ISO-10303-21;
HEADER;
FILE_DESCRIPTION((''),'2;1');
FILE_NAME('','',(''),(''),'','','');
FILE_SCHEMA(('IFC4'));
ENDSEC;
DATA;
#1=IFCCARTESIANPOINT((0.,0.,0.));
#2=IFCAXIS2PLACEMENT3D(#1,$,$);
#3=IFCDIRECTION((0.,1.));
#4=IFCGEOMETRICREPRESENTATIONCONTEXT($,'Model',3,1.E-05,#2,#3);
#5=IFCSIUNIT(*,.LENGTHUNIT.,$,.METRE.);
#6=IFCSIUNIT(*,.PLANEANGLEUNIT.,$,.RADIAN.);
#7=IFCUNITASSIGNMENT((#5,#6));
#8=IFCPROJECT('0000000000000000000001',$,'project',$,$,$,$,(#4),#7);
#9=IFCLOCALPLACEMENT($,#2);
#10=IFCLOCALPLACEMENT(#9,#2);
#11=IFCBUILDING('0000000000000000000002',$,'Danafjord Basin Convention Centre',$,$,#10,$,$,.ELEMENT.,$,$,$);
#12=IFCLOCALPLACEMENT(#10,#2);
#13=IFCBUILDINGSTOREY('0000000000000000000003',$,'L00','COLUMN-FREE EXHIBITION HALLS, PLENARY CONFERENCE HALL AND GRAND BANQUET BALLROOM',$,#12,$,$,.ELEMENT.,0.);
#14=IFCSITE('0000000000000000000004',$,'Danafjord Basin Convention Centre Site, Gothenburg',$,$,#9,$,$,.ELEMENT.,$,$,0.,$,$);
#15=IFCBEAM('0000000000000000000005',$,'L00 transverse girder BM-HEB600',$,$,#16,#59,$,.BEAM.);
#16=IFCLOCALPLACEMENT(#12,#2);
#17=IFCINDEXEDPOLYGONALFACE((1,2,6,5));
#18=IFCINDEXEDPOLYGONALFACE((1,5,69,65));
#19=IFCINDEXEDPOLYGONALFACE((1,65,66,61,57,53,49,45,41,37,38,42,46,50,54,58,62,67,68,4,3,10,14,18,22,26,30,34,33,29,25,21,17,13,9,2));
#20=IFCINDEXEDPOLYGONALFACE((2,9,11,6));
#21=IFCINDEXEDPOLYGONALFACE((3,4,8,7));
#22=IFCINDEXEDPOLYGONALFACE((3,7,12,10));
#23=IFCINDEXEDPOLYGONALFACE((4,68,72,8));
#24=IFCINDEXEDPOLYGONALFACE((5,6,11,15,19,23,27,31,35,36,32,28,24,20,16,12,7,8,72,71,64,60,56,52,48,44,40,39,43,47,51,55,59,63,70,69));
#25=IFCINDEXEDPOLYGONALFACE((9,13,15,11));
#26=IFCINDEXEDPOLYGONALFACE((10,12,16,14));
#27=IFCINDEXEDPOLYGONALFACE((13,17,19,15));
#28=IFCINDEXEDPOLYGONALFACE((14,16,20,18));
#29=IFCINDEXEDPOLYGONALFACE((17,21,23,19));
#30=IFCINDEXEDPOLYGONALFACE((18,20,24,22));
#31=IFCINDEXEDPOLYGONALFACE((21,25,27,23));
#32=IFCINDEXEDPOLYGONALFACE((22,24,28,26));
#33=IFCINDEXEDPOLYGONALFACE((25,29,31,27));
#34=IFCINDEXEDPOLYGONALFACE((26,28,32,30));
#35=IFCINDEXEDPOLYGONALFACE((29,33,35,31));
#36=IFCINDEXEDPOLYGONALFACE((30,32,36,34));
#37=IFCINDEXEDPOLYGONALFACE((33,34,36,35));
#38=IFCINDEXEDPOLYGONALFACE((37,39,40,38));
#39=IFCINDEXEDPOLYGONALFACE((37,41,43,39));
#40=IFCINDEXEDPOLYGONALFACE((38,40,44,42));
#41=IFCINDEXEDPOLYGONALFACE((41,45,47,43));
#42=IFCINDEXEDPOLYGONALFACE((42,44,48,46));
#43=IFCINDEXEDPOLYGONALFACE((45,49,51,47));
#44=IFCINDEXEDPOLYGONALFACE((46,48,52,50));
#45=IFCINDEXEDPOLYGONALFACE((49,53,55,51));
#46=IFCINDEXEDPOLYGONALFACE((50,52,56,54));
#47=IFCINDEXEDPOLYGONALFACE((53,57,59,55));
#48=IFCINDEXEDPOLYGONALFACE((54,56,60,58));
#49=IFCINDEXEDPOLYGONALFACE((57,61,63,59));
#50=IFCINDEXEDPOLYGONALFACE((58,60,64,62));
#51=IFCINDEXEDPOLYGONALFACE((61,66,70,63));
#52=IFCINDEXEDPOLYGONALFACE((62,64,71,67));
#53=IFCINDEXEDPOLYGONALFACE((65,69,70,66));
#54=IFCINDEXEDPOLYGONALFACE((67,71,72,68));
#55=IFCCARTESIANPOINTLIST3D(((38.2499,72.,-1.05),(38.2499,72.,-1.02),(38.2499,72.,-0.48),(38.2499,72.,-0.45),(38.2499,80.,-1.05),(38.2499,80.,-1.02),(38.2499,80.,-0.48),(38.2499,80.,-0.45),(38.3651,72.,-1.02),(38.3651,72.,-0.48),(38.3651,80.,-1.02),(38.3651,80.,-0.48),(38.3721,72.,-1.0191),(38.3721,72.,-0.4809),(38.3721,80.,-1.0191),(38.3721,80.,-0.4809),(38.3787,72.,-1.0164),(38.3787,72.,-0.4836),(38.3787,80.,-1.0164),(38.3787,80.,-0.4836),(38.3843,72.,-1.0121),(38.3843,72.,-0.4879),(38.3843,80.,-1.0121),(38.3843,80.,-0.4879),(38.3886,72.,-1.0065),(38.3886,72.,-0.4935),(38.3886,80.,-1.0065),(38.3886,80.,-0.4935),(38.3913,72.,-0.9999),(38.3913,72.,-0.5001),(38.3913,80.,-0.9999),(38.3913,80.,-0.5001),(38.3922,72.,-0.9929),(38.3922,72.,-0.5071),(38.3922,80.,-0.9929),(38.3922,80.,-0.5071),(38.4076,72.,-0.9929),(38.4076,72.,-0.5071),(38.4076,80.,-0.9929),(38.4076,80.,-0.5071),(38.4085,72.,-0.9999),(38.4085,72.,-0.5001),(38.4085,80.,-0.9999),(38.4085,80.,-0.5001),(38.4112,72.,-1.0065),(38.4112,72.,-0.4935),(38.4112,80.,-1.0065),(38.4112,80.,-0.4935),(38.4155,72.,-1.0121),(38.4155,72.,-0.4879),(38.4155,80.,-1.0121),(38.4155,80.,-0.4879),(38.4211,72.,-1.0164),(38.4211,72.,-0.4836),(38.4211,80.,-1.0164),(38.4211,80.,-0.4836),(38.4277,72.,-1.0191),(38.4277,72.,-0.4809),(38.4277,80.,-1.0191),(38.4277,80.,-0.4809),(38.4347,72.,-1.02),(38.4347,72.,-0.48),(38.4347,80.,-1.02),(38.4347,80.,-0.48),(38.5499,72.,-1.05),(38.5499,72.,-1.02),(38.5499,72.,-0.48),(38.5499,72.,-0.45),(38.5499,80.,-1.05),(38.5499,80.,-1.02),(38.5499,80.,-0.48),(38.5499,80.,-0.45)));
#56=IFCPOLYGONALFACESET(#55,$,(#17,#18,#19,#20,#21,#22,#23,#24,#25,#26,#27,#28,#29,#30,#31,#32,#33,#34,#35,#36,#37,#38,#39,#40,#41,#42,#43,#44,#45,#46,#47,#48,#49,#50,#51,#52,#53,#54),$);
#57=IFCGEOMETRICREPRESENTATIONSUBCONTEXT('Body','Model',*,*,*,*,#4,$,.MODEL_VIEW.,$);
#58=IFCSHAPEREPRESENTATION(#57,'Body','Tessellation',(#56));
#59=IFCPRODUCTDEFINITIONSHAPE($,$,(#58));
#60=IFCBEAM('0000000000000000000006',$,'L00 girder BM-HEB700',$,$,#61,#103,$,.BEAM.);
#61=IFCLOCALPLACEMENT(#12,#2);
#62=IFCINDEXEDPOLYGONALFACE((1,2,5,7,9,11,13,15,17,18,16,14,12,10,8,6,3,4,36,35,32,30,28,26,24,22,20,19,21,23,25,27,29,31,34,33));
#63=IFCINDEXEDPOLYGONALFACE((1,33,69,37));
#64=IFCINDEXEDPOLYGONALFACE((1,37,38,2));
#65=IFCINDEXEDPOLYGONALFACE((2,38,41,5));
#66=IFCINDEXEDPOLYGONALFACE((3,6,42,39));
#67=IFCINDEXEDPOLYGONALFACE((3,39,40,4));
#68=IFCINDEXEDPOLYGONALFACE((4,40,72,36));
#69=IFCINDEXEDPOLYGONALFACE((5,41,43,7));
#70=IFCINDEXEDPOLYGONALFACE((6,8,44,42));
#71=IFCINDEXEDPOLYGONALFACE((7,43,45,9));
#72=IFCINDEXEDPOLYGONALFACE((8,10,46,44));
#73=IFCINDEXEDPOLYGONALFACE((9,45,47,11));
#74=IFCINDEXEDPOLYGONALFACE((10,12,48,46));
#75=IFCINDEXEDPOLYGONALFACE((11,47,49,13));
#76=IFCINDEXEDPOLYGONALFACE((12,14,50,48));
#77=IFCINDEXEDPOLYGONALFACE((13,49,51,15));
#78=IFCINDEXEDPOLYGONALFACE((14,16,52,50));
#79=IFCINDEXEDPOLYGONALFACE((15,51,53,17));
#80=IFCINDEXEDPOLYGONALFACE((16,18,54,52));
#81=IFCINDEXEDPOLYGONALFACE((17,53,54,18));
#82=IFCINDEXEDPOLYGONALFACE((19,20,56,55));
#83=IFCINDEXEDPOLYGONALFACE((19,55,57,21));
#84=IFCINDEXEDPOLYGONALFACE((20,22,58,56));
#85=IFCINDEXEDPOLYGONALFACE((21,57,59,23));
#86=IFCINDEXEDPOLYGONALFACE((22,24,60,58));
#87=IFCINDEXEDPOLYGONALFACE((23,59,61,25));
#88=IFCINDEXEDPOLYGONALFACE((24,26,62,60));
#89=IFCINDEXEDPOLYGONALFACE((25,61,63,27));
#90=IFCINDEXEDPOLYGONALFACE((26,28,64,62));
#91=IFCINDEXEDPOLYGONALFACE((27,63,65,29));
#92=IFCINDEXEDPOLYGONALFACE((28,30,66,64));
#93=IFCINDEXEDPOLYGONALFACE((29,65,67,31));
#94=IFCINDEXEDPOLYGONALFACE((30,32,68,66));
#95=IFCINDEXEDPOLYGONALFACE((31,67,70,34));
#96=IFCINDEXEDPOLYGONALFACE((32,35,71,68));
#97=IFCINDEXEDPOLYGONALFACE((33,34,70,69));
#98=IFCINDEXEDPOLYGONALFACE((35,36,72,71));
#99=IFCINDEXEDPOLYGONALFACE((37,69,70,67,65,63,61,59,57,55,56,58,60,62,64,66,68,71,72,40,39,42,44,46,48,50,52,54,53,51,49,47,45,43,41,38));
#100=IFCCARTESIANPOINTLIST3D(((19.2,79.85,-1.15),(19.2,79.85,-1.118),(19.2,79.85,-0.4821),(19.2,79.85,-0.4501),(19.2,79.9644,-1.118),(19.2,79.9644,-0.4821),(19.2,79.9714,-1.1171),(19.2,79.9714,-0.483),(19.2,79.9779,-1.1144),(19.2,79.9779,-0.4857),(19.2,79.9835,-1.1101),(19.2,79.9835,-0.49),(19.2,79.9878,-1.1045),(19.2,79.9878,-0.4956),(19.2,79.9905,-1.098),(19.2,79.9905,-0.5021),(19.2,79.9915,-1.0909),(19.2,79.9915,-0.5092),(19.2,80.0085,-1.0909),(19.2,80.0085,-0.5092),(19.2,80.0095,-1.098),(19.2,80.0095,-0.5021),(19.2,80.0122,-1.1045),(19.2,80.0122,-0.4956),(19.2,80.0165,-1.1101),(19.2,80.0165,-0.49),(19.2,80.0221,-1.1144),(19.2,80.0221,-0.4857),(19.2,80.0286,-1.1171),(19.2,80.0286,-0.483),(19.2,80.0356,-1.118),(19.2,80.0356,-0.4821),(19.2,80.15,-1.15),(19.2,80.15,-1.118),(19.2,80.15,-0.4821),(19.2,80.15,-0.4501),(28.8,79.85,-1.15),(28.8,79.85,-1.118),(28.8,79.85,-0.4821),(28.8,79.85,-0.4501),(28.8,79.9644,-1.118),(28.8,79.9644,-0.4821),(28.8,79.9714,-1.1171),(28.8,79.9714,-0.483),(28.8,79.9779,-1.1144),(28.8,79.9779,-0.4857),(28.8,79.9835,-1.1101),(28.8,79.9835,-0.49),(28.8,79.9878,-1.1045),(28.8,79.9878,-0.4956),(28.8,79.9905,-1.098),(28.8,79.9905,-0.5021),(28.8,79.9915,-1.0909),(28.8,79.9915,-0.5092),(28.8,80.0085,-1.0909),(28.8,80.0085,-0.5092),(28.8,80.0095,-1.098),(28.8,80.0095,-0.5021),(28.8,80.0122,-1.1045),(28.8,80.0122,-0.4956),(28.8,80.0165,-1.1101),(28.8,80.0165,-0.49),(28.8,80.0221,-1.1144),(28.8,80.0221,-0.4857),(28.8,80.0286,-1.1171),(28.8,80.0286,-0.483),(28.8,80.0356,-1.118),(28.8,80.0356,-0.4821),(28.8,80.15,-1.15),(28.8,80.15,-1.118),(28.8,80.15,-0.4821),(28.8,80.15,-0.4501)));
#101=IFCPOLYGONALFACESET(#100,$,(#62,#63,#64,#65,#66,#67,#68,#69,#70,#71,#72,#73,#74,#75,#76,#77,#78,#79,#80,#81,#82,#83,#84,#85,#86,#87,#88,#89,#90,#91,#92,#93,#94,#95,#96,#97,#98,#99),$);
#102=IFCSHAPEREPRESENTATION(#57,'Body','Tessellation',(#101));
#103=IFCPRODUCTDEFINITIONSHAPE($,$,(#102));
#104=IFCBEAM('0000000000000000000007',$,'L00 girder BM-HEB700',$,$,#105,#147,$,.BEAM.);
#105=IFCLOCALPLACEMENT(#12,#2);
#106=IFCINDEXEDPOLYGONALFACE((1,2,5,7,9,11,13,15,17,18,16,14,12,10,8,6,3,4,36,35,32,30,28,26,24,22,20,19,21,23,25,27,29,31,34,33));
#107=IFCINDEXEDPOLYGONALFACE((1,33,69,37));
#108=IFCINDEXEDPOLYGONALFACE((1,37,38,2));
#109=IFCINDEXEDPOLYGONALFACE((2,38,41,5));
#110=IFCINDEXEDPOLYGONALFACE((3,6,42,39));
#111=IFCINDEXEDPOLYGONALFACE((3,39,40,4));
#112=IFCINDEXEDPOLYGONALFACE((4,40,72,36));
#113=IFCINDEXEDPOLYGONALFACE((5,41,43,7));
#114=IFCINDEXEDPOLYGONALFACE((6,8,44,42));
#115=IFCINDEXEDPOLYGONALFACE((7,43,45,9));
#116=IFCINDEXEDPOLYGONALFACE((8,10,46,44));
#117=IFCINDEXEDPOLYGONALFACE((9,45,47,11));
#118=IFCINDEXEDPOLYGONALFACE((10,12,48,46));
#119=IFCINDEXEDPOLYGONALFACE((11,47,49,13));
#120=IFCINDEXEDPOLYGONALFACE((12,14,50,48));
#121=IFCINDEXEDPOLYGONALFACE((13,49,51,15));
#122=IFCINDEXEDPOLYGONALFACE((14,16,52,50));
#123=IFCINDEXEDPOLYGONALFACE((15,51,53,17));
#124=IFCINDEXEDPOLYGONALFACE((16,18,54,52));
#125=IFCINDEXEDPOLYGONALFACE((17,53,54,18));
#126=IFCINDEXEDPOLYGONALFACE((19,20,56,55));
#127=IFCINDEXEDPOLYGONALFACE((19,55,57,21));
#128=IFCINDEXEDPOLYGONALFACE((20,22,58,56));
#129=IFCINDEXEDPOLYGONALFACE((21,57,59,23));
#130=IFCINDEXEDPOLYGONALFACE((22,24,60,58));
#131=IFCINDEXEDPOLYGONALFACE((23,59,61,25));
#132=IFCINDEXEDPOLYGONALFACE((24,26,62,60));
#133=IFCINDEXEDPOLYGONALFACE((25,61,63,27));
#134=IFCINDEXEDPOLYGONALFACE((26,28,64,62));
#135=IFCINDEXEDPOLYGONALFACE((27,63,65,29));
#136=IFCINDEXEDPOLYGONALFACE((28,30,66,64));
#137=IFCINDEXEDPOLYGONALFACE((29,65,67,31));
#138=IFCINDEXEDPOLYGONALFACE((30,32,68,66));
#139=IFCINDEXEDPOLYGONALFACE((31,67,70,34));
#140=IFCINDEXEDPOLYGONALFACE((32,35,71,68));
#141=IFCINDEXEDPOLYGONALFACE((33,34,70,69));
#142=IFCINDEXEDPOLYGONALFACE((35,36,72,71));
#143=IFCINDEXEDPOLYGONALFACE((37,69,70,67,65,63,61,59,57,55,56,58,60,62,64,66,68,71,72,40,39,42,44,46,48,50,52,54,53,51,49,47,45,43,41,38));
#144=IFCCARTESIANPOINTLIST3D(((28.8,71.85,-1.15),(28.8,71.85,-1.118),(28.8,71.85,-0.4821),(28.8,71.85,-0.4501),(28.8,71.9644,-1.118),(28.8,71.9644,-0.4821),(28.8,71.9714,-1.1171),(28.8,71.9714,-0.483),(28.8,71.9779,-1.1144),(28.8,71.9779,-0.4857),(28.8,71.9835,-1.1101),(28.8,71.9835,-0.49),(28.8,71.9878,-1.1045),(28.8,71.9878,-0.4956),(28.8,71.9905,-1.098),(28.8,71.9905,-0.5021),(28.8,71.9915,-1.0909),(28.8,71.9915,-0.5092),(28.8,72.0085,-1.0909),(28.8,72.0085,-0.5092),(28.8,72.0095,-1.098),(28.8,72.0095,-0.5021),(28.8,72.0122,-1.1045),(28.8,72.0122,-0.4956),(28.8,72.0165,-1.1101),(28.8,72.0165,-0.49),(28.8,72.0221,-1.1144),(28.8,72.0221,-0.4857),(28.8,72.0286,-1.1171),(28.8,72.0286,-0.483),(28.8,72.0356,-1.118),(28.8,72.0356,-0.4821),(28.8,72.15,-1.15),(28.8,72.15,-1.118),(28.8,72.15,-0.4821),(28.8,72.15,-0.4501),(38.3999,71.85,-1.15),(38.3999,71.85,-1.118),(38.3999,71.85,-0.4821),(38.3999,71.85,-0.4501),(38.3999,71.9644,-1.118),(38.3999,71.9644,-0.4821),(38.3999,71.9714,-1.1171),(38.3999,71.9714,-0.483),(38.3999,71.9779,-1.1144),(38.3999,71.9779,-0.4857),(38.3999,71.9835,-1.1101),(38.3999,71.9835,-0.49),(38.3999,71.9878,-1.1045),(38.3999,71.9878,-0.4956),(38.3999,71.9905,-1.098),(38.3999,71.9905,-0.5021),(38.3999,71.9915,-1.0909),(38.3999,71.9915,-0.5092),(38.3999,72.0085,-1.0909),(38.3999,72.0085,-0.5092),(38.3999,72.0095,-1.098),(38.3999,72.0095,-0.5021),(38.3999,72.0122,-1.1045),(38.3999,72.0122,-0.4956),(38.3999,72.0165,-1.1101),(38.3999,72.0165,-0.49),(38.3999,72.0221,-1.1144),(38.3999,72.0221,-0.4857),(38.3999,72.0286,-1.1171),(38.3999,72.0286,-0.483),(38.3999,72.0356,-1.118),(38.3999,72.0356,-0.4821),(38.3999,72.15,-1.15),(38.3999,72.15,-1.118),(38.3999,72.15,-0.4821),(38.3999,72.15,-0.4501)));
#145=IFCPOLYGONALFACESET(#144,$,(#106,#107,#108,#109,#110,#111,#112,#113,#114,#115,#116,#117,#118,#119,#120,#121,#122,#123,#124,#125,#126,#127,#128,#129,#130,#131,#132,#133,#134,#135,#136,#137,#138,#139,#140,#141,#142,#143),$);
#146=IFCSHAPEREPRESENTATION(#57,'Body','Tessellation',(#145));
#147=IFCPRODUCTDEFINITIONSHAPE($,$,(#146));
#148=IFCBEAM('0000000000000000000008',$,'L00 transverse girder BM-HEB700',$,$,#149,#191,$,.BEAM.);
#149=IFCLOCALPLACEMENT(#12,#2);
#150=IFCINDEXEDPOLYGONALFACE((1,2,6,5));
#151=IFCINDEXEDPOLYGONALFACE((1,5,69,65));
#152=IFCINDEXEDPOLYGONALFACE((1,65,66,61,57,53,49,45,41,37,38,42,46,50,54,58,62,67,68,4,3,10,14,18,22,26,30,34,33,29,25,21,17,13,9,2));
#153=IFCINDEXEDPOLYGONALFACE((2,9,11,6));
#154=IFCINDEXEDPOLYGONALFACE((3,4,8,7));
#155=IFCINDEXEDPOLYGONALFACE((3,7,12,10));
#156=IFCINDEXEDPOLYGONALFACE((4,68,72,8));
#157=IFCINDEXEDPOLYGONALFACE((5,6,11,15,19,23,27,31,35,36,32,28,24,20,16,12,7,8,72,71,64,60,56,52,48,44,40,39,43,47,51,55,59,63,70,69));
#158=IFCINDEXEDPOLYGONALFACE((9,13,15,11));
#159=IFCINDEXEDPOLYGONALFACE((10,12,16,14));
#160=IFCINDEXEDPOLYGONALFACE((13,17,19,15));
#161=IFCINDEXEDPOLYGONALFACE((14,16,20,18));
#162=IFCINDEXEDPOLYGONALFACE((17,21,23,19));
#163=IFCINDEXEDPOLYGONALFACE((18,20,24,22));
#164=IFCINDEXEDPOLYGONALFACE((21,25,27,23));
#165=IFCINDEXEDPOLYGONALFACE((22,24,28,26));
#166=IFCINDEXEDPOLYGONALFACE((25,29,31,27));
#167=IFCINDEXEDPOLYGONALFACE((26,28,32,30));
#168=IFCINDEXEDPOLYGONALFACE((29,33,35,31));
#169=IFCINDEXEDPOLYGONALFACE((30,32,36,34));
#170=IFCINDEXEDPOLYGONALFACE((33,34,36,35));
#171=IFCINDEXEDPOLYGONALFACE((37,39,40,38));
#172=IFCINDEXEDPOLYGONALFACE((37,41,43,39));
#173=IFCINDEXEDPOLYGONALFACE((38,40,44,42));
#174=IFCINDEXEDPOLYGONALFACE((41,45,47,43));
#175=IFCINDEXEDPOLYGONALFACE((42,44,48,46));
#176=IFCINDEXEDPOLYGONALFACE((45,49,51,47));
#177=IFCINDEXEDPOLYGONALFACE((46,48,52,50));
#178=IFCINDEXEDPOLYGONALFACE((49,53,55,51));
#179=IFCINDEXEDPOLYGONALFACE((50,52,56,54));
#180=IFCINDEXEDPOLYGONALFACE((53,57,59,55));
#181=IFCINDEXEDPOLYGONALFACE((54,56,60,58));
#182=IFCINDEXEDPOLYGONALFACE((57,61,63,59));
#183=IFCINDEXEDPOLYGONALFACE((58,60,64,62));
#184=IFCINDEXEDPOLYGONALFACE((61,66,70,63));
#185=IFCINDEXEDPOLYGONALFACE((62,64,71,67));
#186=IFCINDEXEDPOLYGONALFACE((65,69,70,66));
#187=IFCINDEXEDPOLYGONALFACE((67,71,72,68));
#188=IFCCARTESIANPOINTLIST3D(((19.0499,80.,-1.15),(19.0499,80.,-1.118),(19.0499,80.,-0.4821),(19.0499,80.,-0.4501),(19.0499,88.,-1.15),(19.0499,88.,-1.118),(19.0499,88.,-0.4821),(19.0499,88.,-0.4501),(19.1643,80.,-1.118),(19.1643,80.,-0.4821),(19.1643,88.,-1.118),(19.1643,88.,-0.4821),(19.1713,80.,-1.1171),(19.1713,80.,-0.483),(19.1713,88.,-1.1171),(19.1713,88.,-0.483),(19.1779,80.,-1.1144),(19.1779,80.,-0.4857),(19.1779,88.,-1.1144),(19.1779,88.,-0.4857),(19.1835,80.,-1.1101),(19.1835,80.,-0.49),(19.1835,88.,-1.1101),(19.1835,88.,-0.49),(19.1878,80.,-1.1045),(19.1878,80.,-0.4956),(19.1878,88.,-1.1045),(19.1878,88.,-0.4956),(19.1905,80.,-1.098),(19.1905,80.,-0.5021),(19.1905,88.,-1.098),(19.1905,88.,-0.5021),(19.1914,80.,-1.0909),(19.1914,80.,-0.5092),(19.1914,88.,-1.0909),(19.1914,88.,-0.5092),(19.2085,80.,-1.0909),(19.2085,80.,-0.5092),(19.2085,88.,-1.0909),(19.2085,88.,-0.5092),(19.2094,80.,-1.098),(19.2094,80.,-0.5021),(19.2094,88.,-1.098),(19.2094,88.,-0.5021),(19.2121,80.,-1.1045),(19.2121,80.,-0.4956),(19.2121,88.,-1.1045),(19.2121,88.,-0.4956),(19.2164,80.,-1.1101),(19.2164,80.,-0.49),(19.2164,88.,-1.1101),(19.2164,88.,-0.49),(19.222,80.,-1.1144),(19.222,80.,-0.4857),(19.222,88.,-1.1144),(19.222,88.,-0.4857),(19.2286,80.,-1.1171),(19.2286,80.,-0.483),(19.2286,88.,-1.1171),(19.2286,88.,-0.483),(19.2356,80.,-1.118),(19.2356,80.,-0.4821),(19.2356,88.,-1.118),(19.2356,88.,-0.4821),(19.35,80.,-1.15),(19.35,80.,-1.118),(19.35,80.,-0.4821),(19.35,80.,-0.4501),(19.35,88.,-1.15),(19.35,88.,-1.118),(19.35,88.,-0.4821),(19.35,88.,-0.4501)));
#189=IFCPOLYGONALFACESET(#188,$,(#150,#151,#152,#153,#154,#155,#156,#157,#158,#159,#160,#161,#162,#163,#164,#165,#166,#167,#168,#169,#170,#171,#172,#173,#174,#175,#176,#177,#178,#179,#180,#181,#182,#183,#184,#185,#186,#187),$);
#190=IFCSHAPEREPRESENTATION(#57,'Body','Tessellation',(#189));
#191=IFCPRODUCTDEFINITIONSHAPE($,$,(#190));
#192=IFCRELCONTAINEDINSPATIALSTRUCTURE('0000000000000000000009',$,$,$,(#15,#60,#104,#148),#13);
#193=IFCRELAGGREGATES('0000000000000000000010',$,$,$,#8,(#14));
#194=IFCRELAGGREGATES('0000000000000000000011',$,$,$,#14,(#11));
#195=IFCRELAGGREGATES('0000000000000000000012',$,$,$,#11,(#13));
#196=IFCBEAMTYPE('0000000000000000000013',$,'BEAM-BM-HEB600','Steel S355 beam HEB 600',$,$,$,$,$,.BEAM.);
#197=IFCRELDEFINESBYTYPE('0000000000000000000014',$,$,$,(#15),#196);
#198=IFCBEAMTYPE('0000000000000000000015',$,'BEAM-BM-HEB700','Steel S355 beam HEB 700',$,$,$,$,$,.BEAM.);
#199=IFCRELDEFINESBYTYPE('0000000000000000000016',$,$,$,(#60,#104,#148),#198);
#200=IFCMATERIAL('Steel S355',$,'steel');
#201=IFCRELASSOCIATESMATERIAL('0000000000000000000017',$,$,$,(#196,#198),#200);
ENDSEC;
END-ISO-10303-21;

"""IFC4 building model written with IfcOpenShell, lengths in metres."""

from ifc_helpers import new_model, si_unit, direction, frame, origin, origin_2d, place, context, subcontext, project, spatial, i_section, extrude, material, material_profile, profile_set, type_object, element, save


model = new_model("IFC4")

# Units and contexts
model_context = context("Model", 3, precision=1e-05, world=origin(), true_north=direction((0.0, 1.0)))
body_context = subcontext(model_context, "Body", "Model", "MODEL_VIEW")
ifc_project = project(units=[si_unit("LENGTHUNIT", "METRE"), si_unit("PLANEANGLEUNIT", "RADIAN")], contexts=[model_context])

# Site, building, storey
site_placement = place(None, origin())
site = spatial("IfcSite", under=ifc_project, at=site_placement, Name="Danafjord Basin Convention Centre Site, Gothenburg", CompositionType="ELEMENT", RefElevation=0.0)
building_placement = place(site_placement, origin())
building = spatial("IfcBuilding", under=site, at=building_placement, Name="Danafjord Basin Convention Centre", CompositionType="ELEMENT")
storey_placement = place(building_placement, origin())
storey = spatial("IfcBuildingStorey", under=building, at=storey_placement, Name="L00", Description="COLUMN-FREE EXHIBITION HALLS, PLENARY CONFERENCE HALL AND GRAND BANQUET BALLROOM", CompositionType="ELEMENT", Elevation=0.0)

# Beams
ifc_material = material(Name="Steel S355", Category="steel")
ifc_material_profile_1 = material_profile(ifc_material, i_section(OverallWidth=0.3, OverallDepth=0.6001, WebThickness=0.0154, FlangeThickness=0.03, FilletRadius=0.0271, at=origin_2d()), Name="HEB 600")
ifc_profile_set_1 = profile_set([ifc_material_profile_1], Name="Steel S355")
beam_type_1 = type_object("IfcBeamType", Name="BEAM-BM-HEB600", Description="Steel S355 beam HEB 600", PredefinedType="BEAM", material=ifc_profile_set_1)
for number, where, z_axis, x_axis, name in (
    (1, (38.3999, 72.0, -0.75), (0.0, 1.0, 0.0), (-1.0, 0.0, 0.0), "L00 transverse girder BM-HEB600"),
):
    element("IfcBeam", number, at=place(storey_placement, frame(where, z_axis=z_axis, x_axis=x_axis)), inside=storey, type_object=beam_type_1, Name=name, PredefinedType="BEAM", context=body_context, shape_type="SweptSolid", body=[
        extrude(i_section(OverallWidth=0.3, OverallDepth=0.6001, WebThickness=0.0154, FlangeThickness=0.03, FilletRadius=0.0271, at=origin_2d()), origin(), (0.0, 0.0, 1.0), 8.0),
    ])
ifc_material_profile_2 = material_profile(ifc_material, i_section(OverallWidth=0.3, OverallDepth=0.7, WebThickness=0.0171, FlangeThickness=0.032, FilletRadius=0.0271, at=origin_2d()), Name="HEB 700")
ifc_profile_set_2 = profile_set([ifc_material_profile_2], Name="Steel S355")
beam_type_2 = type_object("IfcBeamType", Name="BEAM-BM-HEB700", Description="Steel S355 beam HEB 700", PredefinedType="BEAM", material=ifc_profile_set_2)
beam_1_placement = place(storey_placement, frame((19.2, 80.0, -0.8), z_axis=(1.0, 0.0, 0.0), x_axis=(0.0, 1.0, 0.0)))
element("IfcBeam", 2, at=beam_1_placement, inside=storey, type_object=beam_type_2, Name="L00 girder BM-HEB700", PredefinedType="BEAM", context=body_context, shape_type="SweptSolid", body=[
    extrude(i_section(OverallWidth=0.3, OverallDepth=0.7, WebThickness=0.0171, FlangeThickness=0.032, FilletRadius=0.0271, at=origin_2d()), origin(), (0.0, 0.0, 1.0), 9.6001),
])
beam_2_placement = place(storey_placement, frame((28.8, 72.0, -0.8), z_axis=(1.0, 0.0, 0.0), x_axis=(0.0, 1.0, 0.0)))
element("IfcBeam", 3, at=beam_2_placement, inside=storey, type_object=beam_type_2, Name="L00 girder BM-HEB700", PredefinedType="BEAM", context=body_context, shape_type="SweptSolid", body=[
    extrude(i_section(OverallWidth=0.3, OverallDepth=0.7, WebThickness=0.0171, FlangeThickness=0.032, FilletRadius=0.0271, at=origin_2d()), origin(), (0.0, 0.0, 1.0), 9.5999),
])
for number, where, z_axis, x_axis, name in (
    (4, (19.2, 80.0, -0.8), (0.0, 1.0, 0.0), (-1.0, 0.0, 0.0), "L00 transverse girder BM-HEB700"),
):
    element("IfcBeam", number, at=place(storey_placement, frame(where, z_axis=z_axis, x_axis=x_axis)), inside=storey, type_object=beam_type_2, Name=name, PredefinedType="BEAM", context=body_context, shape_type="SweptSolid", body=[
        extrude(i_section(OverallWidth=0.3, OverallDepth=0.7, WebThickness=0.0171, FlangeThickness=0.032, FilletRadius=0.0271, at=origin_2d()), origin(), (0.0, 0.0, 1.0), 8.0),
    ])

save(model, "model.ifc")
